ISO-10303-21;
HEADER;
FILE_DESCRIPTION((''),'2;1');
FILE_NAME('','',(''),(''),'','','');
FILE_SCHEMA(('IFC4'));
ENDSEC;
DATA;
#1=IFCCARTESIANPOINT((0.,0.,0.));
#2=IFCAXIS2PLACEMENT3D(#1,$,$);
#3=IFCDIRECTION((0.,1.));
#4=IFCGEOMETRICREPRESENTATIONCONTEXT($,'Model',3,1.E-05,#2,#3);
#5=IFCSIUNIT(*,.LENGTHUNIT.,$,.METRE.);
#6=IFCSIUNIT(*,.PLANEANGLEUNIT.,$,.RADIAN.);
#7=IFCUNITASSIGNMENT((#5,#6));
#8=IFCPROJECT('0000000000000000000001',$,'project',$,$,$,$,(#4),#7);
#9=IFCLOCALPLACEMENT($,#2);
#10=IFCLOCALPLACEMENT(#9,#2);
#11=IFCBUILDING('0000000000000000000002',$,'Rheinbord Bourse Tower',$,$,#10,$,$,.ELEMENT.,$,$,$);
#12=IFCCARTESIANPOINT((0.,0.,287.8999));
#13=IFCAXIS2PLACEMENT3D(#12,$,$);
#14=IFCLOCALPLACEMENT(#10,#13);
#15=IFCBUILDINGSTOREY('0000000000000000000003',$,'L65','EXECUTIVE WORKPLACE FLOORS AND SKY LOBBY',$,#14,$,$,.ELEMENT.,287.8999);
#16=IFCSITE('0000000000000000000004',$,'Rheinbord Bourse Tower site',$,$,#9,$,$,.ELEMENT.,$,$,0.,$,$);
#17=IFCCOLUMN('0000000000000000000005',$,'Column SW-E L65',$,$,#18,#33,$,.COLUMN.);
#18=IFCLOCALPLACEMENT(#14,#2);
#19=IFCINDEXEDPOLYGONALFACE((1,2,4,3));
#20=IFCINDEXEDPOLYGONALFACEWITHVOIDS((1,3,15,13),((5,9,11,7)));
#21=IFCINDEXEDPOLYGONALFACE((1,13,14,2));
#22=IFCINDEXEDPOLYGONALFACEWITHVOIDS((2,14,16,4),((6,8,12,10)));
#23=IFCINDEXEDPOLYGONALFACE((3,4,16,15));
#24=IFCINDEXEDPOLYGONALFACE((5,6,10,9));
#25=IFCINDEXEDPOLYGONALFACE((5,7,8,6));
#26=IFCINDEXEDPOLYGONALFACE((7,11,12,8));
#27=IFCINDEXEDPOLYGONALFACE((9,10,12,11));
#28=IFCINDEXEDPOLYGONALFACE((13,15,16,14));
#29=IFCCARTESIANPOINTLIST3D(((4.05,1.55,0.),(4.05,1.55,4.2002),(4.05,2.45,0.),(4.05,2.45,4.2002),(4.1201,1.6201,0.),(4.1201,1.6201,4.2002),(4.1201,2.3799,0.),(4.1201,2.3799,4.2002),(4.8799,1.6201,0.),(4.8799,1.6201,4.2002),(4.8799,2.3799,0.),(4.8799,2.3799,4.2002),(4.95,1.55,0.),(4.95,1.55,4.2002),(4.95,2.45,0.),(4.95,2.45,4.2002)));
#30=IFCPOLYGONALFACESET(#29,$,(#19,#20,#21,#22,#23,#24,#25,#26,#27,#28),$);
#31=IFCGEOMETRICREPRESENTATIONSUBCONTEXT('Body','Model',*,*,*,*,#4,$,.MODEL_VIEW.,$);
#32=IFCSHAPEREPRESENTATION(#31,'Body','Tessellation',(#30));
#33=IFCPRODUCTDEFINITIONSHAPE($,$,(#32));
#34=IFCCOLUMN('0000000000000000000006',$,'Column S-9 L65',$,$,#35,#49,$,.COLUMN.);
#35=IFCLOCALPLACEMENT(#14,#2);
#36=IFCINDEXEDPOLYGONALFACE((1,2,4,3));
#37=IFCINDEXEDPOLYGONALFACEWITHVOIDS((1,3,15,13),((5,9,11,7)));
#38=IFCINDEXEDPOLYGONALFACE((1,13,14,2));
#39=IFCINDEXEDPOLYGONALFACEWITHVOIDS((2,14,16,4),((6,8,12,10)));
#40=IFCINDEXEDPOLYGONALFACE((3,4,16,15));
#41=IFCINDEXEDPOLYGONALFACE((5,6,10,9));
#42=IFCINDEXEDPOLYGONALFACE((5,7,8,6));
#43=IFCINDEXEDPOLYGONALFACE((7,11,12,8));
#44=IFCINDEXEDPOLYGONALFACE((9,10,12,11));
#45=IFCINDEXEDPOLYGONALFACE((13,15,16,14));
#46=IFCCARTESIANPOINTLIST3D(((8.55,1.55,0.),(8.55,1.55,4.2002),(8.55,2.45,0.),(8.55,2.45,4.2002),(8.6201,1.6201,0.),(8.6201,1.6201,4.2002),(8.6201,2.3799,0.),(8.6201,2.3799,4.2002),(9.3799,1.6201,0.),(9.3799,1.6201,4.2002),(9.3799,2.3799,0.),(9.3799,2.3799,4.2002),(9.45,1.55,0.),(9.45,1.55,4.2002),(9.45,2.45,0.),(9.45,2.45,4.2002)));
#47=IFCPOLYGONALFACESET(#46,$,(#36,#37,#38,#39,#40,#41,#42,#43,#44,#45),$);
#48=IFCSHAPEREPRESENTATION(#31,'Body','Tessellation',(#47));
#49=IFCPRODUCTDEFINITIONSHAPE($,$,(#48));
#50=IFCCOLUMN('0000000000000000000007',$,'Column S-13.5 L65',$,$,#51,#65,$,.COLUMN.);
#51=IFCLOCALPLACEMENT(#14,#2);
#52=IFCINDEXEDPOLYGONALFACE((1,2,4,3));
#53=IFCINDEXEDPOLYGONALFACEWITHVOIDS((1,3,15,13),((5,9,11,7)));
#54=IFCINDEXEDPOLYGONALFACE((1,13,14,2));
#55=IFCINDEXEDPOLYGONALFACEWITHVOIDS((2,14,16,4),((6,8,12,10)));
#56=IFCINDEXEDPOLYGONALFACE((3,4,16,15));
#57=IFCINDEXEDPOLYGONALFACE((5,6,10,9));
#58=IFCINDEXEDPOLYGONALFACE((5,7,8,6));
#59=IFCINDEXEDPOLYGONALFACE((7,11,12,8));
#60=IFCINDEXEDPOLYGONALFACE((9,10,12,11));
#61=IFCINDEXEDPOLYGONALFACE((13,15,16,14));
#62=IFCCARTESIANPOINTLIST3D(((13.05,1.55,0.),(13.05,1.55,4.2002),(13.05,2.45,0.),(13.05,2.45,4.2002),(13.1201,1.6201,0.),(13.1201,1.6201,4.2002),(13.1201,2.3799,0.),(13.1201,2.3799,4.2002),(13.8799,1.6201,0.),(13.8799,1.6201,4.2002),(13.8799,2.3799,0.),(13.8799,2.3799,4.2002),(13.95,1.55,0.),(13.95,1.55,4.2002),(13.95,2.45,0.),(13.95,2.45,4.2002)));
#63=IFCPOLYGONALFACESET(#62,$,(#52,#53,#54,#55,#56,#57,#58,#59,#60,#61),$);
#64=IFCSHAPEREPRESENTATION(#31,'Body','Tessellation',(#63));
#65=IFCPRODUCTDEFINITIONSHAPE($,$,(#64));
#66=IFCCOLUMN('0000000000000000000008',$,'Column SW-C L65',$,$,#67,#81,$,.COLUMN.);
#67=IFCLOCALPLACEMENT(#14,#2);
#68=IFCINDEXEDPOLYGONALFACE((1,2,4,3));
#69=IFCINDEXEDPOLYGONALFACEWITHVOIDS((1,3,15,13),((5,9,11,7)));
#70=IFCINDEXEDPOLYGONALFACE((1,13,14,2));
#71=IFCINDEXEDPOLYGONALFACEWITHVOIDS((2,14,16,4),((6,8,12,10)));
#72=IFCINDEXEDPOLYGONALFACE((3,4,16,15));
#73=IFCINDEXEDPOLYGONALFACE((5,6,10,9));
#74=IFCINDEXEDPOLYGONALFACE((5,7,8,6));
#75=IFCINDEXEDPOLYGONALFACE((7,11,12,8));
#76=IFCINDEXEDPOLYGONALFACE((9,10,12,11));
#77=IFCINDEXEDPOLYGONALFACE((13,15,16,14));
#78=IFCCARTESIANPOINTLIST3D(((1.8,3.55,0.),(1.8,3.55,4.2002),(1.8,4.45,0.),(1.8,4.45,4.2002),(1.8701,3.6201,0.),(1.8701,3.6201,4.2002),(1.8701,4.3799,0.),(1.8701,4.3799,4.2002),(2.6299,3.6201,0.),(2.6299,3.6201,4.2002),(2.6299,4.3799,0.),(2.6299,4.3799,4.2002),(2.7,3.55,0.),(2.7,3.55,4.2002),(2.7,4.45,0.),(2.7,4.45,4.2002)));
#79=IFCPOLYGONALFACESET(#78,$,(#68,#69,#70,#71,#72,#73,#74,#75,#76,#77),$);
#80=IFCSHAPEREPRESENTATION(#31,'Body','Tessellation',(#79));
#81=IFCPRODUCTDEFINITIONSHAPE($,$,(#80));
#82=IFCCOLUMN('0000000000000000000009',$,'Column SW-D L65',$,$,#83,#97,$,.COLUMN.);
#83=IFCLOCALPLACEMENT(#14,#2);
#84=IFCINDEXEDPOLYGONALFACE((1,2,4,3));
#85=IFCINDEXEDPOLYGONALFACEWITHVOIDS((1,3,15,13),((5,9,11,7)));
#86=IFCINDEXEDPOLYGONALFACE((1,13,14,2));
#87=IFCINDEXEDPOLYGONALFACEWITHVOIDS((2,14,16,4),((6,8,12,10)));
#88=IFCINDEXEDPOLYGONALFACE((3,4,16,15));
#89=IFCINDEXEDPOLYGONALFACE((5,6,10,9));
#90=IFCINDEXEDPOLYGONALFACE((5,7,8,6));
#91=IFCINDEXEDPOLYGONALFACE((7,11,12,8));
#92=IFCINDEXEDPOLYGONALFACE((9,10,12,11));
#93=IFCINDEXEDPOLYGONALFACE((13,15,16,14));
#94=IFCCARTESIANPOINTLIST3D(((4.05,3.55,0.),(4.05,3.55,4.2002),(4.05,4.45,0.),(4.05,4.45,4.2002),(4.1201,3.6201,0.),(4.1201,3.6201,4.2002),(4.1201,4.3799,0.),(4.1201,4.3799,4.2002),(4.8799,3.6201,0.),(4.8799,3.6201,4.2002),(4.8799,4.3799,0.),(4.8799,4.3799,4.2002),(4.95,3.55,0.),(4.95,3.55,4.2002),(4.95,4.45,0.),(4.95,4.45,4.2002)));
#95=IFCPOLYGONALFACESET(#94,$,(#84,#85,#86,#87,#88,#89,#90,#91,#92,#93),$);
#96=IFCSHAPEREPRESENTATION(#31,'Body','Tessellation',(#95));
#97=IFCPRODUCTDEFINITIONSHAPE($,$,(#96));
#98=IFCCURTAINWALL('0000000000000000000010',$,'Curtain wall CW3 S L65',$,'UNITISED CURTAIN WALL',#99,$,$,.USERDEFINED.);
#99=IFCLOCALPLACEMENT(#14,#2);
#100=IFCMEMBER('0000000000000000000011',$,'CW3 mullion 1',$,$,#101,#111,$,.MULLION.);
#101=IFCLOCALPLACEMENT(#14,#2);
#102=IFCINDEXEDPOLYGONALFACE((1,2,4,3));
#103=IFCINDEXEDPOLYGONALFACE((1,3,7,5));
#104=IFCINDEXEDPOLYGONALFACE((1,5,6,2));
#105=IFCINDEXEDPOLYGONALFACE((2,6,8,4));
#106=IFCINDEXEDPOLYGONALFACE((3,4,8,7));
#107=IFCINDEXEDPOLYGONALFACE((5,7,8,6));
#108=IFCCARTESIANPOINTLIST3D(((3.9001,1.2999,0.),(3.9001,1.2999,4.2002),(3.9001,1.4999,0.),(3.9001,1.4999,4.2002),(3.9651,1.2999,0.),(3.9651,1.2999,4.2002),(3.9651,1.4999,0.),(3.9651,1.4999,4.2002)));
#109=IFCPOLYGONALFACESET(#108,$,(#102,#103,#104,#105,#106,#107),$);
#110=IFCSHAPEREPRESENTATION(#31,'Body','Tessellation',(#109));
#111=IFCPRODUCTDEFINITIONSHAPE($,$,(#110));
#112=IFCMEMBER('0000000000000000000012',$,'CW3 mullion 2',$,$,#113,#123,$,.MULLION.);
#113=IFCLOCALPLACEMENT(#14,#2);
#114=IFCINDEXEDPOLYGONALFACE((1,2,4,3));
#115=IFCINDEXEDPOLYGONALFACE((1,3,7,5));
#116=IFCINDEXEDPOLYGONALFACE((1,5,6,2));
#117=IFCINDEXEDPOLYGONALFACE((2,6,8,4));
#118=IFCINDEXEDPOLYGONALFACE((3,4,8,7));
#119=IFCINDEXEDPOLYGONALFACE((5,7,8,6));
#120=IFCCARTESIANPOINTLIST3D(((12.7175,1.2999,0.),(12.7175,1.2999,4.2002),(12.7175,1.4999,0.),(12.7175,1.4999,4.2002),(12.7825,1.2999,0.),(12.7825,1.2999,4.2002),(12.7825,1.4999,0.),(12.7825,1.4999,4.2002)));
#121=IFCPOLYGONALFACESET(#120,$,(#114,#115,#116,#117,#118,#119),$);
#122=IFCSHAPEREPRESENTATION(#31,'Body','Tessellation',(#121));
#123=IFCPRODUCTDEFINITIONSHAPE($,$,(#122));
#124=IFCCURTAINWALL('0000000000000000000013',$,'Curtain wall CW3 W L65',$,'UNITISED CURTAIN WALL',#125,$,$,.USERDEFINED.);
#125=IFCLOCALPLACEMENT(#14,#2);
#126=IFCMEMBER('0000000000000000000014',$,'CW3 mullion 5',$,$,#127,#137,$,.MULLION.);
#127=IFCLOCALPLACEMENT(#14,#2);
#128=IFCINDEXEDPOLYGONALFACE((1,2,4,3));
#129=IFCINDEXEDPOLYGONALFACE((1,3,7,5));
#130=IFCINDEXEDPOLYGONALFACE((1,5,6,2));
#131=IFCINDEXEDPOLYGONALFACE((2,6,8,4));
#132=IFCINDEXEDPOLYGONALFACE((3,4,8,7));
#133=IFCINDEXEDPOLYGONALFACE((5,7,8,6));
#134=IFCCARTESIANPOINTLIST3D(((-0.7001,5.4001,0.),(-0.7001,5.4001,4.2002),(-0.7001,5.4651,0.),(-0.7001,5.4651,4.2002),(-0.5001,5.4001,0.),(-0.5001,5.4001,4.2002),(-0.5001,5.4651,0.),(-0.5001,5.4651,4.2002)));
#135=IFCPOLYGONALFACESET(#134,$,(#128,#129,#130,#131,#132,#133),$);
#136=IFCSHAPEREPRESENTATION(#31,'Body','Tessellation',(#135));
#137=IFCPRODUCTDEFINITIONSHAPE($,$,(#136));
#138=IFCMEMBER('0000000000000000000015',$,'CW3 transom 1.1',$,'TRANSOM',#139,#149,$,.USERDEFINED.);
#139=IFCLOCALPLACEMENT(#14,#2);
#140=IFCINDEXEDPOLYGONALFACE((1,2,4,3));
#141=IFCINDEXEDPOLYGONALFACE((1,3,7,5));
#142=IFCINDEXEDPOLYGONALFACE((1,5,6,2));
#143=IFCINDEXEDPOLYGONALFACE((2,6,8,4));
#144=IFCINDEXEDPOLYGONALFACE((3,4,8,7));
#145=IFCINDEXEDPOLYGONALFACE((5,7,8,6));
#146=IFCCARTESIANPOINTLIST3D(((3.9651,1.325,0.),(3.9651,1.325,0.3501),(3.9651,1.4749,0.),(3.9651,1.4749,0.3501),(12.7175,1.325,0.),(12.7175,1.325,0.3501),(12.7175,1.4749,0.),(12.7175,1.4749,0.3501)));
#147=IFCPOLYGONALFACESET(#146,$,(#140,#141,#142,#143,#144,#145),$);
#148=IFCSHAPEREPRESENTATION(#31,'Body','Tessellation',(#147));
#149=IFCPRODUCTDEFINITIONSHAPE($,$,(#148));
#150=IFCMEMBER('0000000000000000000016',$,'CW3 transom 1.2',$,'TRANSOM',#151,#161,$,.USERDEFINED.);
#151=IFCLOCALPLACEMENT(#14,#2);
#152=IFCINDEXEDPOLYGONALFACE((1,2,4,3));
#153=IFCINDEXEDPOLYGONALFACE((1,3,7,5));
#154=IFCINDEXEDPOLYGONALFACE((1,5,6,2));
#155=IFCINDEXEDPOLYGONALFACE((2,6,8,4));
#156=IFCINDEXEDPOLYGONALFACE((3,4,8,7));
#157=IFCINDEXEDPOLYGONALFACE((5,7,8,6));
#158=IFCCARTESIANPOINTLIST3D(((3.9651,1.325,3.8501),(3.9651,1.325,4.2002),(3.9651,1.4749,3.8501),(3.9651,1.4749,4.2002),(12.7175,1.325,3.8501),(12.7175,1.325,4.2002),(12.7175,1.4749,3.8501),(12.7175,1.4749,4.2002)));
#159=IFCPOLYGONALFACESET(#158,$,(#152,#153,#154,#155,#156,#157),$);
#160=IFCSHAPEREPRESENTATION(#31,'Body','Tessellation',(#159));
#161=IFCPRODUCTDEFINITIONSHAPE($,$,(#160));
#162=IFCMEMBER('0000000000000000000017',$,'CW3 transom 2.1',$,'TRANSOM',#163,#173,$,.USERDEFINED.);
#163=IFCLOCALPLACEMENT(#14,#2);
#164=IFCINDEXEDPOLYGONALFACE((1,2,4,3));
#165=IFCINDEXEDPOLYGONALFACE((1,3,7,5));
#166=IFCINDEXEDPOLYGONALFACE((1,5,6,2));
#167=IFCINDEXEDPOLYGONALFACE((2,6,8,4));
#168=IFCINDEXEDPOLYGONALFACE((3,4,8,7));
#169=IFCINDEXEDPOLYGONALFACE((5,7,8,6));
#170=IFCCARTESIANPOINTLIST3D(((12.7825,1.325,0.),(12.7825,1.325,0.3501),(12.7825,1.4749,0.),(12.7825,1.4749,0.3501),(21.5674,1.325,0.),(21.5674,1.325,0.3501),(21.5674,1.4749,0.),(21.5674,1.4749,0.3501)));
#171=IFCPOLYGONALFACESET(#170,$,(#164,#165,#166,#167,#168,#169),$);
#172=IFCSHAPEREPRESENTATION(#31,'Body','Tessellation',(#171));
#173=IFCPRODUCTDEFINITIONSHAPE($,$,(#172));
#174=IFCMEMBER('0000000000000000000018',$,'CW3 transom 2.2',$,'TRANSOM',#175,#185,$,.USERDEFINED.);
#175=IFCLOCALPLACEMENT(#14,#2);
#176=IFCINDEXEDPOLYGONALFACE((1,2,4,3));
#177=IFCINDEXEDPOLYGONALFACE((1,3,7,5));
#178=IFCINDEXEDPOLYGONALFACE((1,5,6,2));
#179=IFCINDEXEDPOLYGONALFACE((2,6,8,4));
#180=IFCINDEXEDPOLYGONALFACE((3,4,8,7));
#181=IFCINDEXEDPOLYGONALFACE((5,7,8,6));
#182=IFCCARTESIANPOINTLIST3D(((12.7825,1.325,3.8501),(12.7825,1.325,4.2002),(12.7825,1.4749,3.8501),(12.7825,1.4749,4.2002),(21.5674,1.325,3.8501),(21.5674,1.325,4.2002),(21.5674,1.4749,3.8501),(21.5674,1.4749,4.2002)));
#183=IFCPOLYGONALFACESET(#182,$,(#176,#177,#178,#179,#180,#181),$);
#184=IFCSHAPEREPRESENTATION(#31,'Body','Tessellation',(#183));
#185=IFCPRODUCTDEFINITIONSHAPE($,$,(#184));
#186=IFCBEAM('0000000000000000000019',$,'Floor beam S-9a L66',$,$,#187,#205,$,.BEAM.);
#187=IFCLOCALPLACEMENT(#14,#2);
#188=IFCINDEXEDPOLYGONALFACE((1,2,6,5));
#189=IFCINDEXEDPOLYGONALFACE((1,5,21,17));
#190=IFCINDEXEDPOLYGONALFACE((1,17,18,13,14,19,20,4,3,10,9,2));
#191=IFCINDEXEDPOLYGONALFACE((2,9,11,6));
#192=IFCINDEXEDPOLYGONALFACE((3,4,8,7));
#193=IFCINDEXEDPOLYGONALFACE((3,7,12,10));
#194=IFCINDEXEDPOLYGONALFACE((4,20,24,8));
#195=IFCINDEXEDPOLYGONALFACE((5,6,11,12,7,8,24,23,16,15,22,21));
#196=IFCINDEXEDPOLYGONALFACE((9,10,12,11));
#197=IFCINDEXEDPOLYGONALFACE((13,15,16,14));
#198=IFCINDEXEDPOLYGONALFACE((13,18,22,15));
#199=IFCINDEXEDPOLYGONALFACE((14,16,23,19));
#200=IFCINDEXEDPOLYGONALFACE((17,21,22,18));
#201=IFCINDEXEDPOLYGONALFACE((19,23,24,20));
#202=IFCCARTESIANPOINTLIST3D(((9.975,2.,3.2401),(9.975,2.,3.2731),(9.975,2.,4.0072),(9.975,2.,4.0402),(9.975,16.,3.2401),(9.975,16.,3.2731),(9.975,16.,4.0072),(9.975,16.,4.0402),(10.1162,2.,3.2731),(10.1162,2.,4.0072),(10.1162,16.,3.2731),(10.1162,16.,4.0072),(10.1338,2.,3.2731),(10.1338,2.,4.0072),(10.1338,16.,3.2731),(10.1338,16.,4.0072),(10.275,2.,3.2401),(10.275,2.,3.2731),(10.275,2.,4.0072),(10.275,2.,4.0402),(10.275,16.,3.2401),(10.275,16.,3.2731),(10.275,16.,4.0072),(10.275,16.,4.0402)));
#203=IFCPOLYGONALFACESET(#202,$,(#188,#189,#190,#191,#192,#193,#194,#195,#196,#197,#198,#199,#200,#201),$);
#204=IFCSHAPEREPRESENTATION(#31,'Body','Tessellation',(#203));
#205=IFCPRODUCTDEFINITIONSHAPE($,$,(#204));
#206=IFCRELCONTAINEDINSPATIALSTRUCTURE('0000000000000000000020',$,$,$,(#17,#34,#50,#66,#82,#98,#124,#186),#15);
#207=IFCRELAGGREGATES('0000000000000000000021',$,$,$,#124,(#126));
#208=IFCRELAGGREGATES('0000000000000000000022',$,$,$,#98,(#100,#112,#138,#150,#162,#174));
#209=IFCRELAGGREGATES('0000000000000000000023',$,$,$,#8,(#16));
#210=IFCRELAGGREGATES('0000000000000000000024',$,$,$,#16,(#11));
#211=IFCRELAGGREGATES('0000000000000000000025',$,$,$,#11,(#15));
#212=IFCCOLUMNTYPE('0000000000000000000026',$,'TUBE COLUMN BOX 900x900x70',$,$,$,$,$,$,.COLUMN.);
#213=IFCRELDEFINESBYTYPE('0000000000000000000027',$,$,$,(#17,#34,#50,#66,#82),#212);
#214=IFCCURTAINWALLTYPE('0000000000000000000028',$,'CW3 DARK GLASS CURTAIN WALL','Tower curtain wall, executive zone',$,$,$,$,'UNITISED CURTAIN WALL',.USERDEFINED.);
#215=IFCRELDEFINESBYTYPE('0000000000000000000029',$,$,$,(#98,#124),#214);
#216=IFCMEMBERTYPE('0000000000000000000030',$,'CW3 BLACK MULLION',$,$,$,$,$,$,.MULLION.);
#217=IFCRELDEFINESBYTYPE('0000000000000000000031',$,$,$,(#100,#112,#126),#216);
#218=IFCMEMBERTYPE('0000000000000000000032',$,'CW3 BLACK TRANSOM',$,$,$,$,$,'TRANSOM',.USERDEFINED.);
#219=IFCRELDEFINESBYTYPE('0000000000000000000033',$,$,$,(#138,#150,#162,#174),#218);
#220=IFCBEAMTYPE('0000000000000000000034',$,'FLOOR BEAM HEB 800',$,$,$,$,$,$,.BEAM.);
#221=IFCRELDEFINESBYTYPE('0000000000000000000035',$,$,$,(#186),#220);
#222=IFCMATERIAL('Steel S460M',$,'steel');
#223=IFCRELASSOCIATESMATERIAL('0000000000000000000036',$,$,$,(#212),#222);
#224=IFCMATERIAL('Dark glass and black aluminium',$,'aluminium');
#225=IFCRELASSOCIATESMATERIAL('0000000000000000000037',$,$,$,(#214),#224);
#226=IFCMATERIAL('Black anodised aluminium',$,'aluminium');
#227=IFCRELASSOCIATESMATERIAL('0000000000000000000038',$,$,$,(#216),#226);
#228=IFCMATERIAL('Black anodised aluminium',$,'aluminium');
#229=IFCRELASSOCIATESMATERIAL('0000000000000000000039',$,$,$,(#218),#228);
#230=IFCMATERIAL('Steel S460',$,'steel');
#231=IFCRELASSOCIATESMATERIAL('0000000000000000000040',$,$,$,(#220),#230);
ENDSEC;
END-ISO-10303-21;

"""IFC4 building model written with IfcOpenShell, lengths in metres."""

from ifc_helpers import new_model, si_unit, direction, frame, origin, origin_2d, place, context, subcontext, project, spatial, rectangle, hollow_rectangle, i_section, extrude, material, material_profile, profile_set, type_object, element, aggregate, save


model = new_model("IFC4")

# Units and contexts
model_context = context("Model", 3, precision=1e-05, world=origin(), true_north=direction((0.0, 1.0)))
body_context = subcontext(model_context, "Body", "Model", "MODEL_VIEW")
ifc_project = project(units=[si_unit("LENGTHUNIT", "METRE"), si_unit("PLANEANGLEUNIT", "RADIAN")], contexts=[model_context])

# Site, building, storey
site_placement = place(None, origin())
site = spatial("IfcSite", under=ifc_project, at=site_placement, Name="Rheinbord Bourse Tower site", CompositionType="ELEMENT", RefElevation=0.0)
building_placement = place(site_placement, origin())
building = spatial("IfcBuilding", under=site, at=building_placement, Name="Rheinbord Bourse Tower", CompositionType="ELEMENT")
storey_placement = place(building_placement, frame((0.0, 0.0, 287.8999)))
storey = spatial("IfcBuildingStorey", under=building, at=storey_placement, Name="L65", Description="EXECUTIVE WORKPLACE FLOORS AND SKY LOBBY", CompositionType="ELEMENT", Elevation=287.8999)

# Columns
ifc_material_1 = material(Name="Steel S460M", Category="steel")
ifc_material_profile_1 = material_profile(ifc_material_1, hollow_rectangle(XDim=0.8999, YDim=0.8999, WallThickness=0.0701, at=origin_2d()), Name="BOX 900x900x70")
ifc_profile_set_1 = profile_set([ifc_material_profile_1], Name="Steel S460M")
column_type = type_object("IfcColumnType", Name="TUBE COLUMN BOX 900x900x70", PredefinedType="COLUMN", material=ifc_profile_set_1)
for number, where, z_axis, x_axis, name in (
    (1, (4.5, 2.0, 0.0), (0.0, 0.0, 1.0), (0.0, 1.0, 0.0), "Column SW-E L65"),
    (2, (9.0, 2.0, 0.0), (0.0, 0.0, 1.0), (0.0, 1.0, 0.0), "Column S-9 L65"),
    (3, (13.5, 2.0, 0.0), (0.0, 0.0, 1.0), (0.0, 1.0, 0.0), "Column S-13.5 L65"),
    (4, (2.25, 4.0, 0.0), (0.0, 0.0, 1.0), (1.0, 0.0, 0.0), "Column SW-C L65"),
    (5, (4.5, 4.0, 0.0), (0.0, 0.0, 1.0), (0.0, 1.0, 0.0), "Column SW-D L65"),
):
    element("IfcColumn", number, at=place(storey_placement, frame(where, z_axis=z_axis, x_axis=x_axis)), inside=storey, type_object=column_type, Name=name, PredefinedType="COLUMN", context=body_context, shape_type="SweptSolid", body=[
        extrude(hollow_rectangle(XDim=0.8999, YDim=0.8999, WallThickness=0.0701, at=origin_2d()), origin(), (0.0, 0.0, 1.0), 4.2002),
    ])

# Curtain wall, members
ifc_material_2 = material(Name="Dark glass and black aluminium", Category="aluminium")
curtain_wall_type = type_object("IfcCurtainWallType", Name="CW3 DARK GLASS CURTAIN WALL", Description="Tower curtain wall, executive zone", ElementType="UNITISED CURTAIN WALL", PredefinedType="USERDEFINED", material=ifc_material_2)
curtain_wall_1_placement = place(storey_placement, origin())
curtain_wall_1 = element("IfcCurtainWall", 6, at=curtain_wall_1_placement, inside=storey, type_object=curtain_wall_type, Name="Curtain wall CW3 S L65", ObjectType="UNITISED CURTAIN WALL", PredefinedType="USERDEFINED")
ifc_material_3 = material(Name="Black anodised aluminium", Category="aluminium")
ifc_material_profile_2 = material_profile(ifc_material_3, rectangle(XDim=0.2, YDim=0.0649, at=origin_2d()), Name="CW3 MULLION 65x200")
ifc_profile_set_2 = profile_set([ifc_material_profile_2], Name="Black anodised aluminium")
member_type_1 = type_object("IfcMemberType", Name="CW3 BLACK MULLION", PredefinedType="MULLION", material=ifc_profile_set_2)
member_1_placement = place(storey_placement, frame((3.9326, 1.3999, 0.0), z_axis=(0.0, 0.0, 1.0), x_axis=(0.0, 1.0, 0.0)))
member_1 = element("IfcMember", 7, at=member_1_placement, type_object=member_type_1, Name="CW3 mullion 1", PredefinedType="MULLION", context=body_context, shape_type="SweptSolid", body=[
    extrude(rectangle(XDim=0.2, YDim=0.0649, at=origin_2d()), origin(), (0.0, 0.0, 1.0), 4.2002),
])
member_2_placement = place(storey_placement, frame((12.75, 1.3999, 0.0), z_axis=(0.0, 0.0, 1.0), x_axis=(0.0, 1.0, 0.0)))
member_2 = element("IfcMember", 8, at=member_2_placement, type_object=member_type_1, Name="CW3 mullion 2", PredefinedType="MULLION", context=body_context, shape_type="SweptSolid", body=[
    extrude(rectangle(XDim=0.2, YDim=0.0649, at=origin_2d()), origin(), (0.0, 0.0, 1.0), 4.2002),
])

# Curtain wall, member
curtain_wall_2_placement = place(storey_placement, origin())
curtain_wall_2 = element("IfcCurtainWall", 9, at=curtain_wall_2_placement, inside=storey, type_object=curtain_wall_type, Name="Curtain wall CW3 W L65", ObjectType="UNITISED CURTAIN WALL", PredefinedType="USERDEFINED")
member_3_placement = place(storey_placement, frame((-0.6001, 5.4326, 0.0), z_axis=(0.0, 0.0, 1.0), x_axis=(1.0, 0.0, 0.0)))
member_3 = element("IfcMember", 10, at=member_3_placement, type_object=member_type_1, Name="CW3 mullion 5", PredefinedType="MULLION", context=body_context, shape_type="SweptSolid", body=[
    extrude(rectangle(XDim=0.2, YDim=0.0649, at=origin_2d()), origin(), (0.0, 0.0, 1.0), 4.2002),
])
aggregate(curtain_wall_2, [member_3])

# Members
ifc_material_4 = material(Name="Black anodised aluminium", Category="aluminium")
ifc_material_profile_3 = material_profile(ifc_material_4, rectangle(XDim=0.1499, YDim=0.3501, at=origin_2d()), Name="CW3 TRANSOM 350x150")
ifc_profile_set_3 = profile_set([ifc_material_profile_3], Name="Black anodised aluminium")
member_type_2 = type_object("IfcMemberType", Name="CW3 BLACK TRANSOM", ElementType="TRANSOM", PredefinedType="USERDEFINED", material=ifc_profile_set_3)
member_4_placement = place(storey_placement, frame((3.9651, 1.3999, 0.175), z_axis=(1.0, 0.0, 0.0), x_axis=(0.0, 1.0, 0.0)))
member_4 = element("IfcMember", 11, at=member_4_placement, type_object=member_type_2, Name="CW3 transom 1.1", ObjectType="TRANSOM", PredefinedType="USERDEFINED", context=body_context, shape_type="SweptSolid", body=[
    extrude(rectangle(XDim=0.1499, YDim=0.3501, at=origin_2d()), origin(), (0.0, 0.0, 1.0), 8.7524),
])
member_5_placement = place(storey_placement, frame((3.9651, 1.3999, 4.0251), z_axis=(1.0, 0.0, 0.0), x_axis=(0.0, 1.0, 0.0)))
member_5 = element("IfcMember", 12, at=member_5_placement, type_object=member_type_2, Name="CW3 transom 1.2", ObjectType="TRANSOM", PredefinedType="USERDEFINED", context=body_context, shape_type="SweptSolid", body=[
    extrude(rectangle(XDim=0.1499, YDim=0.3501, at=origin_2d()), origin(), (0.0, 0.0, 1.0), 8.7524),
])
member_6_placement = place(storey_placement, frame((12.7825, 1.3999, 0.175), z_axis=(1.0, 0.0, 0.0), x_axis=(0.0, 1.0, 0.0)))
member_6 = element("IfcMember", 13, at=member_6_placement, type_object=member_type_2, Name="CW3 transom 2.1", ObjectType="TRANSOM", PredefinedType="USERDEFINED", context=body_context, shape_type="SweptSolid", body=[
    extrude(rectangle(XDim=0.1499, YDim=0.3501, at=origin_2d()), origin(), (0.0, 0.0, 1.0), 8.7849),
])
member_7_placement = place(storey_placement, frame((12.7825, 1.3999, 4.0251), z_axis=(1.0, 0.0, 0.0), x_axis=(0.0, 1.0, 0.0)))
member_7 = element("IfcMember", 14, at=member_7_placement, type_object=member_type_2, Name="CW3 transom 2.2", ObjectType="TRANSOM", PredefinedType="USERDEFINED", context=body_context, shape_type="SweptSolid", body=[
    extrude(rectangle(XDim=0.1499, YDim=0.3501, at=origin_2d()), origin(), (0.0, 0.0, 1.0), 8.7849),
])

# Beam
ifc_material_5 = material(Name="Steel S460", Category="steel")
ifc_material_profile_4 = material_profile(ifc_material_5, i_section(OverallWidth=0.3, OverallDepth=0.8, WebThickness=0.0176, FlangeThickness=0.033, at=origin_2d()), Name="HEB 800")
ifc_profile_set_4 = profile_set([ifc_material_profile_4], Name="Steel S460")
beam_type_1 = type_object("IfcBeamType", Name="FLOOR BEAM HEB 800", PredefinedType="BEAM", material=ifc_profile_set_4)
for number, where, z_axis, x_axis, name in (
    (15, (10.125, 2.0, 3.6401), (0.0, 1.0, 0.0), (-1.0, 0.0, 0.0), "Floor beam S-9a L66"),
):
    element("IfcBeam", number, at=place(storey_placement, frame(where, z_axis=z_axis, x_axis=x_axis)), inside=storey, type_object=beam_type_1, Name=name, PredefinedType="BEAM", context=body_context, shape_type="SweptSolid", body=[
        extrude(i_section(OverallWidth=0.3, OverallDepth=0.8, WebThickness=0.0176, FlangeThickness=0.033, at=origin_2d()), origin(), (0.0, 0.0, 1.0), 14.0),
    ])

aggregate(curtain_wall_1, [member_1, member_2, member_4, member_5, member_6, member_7])

save(model, "model.ifc")
